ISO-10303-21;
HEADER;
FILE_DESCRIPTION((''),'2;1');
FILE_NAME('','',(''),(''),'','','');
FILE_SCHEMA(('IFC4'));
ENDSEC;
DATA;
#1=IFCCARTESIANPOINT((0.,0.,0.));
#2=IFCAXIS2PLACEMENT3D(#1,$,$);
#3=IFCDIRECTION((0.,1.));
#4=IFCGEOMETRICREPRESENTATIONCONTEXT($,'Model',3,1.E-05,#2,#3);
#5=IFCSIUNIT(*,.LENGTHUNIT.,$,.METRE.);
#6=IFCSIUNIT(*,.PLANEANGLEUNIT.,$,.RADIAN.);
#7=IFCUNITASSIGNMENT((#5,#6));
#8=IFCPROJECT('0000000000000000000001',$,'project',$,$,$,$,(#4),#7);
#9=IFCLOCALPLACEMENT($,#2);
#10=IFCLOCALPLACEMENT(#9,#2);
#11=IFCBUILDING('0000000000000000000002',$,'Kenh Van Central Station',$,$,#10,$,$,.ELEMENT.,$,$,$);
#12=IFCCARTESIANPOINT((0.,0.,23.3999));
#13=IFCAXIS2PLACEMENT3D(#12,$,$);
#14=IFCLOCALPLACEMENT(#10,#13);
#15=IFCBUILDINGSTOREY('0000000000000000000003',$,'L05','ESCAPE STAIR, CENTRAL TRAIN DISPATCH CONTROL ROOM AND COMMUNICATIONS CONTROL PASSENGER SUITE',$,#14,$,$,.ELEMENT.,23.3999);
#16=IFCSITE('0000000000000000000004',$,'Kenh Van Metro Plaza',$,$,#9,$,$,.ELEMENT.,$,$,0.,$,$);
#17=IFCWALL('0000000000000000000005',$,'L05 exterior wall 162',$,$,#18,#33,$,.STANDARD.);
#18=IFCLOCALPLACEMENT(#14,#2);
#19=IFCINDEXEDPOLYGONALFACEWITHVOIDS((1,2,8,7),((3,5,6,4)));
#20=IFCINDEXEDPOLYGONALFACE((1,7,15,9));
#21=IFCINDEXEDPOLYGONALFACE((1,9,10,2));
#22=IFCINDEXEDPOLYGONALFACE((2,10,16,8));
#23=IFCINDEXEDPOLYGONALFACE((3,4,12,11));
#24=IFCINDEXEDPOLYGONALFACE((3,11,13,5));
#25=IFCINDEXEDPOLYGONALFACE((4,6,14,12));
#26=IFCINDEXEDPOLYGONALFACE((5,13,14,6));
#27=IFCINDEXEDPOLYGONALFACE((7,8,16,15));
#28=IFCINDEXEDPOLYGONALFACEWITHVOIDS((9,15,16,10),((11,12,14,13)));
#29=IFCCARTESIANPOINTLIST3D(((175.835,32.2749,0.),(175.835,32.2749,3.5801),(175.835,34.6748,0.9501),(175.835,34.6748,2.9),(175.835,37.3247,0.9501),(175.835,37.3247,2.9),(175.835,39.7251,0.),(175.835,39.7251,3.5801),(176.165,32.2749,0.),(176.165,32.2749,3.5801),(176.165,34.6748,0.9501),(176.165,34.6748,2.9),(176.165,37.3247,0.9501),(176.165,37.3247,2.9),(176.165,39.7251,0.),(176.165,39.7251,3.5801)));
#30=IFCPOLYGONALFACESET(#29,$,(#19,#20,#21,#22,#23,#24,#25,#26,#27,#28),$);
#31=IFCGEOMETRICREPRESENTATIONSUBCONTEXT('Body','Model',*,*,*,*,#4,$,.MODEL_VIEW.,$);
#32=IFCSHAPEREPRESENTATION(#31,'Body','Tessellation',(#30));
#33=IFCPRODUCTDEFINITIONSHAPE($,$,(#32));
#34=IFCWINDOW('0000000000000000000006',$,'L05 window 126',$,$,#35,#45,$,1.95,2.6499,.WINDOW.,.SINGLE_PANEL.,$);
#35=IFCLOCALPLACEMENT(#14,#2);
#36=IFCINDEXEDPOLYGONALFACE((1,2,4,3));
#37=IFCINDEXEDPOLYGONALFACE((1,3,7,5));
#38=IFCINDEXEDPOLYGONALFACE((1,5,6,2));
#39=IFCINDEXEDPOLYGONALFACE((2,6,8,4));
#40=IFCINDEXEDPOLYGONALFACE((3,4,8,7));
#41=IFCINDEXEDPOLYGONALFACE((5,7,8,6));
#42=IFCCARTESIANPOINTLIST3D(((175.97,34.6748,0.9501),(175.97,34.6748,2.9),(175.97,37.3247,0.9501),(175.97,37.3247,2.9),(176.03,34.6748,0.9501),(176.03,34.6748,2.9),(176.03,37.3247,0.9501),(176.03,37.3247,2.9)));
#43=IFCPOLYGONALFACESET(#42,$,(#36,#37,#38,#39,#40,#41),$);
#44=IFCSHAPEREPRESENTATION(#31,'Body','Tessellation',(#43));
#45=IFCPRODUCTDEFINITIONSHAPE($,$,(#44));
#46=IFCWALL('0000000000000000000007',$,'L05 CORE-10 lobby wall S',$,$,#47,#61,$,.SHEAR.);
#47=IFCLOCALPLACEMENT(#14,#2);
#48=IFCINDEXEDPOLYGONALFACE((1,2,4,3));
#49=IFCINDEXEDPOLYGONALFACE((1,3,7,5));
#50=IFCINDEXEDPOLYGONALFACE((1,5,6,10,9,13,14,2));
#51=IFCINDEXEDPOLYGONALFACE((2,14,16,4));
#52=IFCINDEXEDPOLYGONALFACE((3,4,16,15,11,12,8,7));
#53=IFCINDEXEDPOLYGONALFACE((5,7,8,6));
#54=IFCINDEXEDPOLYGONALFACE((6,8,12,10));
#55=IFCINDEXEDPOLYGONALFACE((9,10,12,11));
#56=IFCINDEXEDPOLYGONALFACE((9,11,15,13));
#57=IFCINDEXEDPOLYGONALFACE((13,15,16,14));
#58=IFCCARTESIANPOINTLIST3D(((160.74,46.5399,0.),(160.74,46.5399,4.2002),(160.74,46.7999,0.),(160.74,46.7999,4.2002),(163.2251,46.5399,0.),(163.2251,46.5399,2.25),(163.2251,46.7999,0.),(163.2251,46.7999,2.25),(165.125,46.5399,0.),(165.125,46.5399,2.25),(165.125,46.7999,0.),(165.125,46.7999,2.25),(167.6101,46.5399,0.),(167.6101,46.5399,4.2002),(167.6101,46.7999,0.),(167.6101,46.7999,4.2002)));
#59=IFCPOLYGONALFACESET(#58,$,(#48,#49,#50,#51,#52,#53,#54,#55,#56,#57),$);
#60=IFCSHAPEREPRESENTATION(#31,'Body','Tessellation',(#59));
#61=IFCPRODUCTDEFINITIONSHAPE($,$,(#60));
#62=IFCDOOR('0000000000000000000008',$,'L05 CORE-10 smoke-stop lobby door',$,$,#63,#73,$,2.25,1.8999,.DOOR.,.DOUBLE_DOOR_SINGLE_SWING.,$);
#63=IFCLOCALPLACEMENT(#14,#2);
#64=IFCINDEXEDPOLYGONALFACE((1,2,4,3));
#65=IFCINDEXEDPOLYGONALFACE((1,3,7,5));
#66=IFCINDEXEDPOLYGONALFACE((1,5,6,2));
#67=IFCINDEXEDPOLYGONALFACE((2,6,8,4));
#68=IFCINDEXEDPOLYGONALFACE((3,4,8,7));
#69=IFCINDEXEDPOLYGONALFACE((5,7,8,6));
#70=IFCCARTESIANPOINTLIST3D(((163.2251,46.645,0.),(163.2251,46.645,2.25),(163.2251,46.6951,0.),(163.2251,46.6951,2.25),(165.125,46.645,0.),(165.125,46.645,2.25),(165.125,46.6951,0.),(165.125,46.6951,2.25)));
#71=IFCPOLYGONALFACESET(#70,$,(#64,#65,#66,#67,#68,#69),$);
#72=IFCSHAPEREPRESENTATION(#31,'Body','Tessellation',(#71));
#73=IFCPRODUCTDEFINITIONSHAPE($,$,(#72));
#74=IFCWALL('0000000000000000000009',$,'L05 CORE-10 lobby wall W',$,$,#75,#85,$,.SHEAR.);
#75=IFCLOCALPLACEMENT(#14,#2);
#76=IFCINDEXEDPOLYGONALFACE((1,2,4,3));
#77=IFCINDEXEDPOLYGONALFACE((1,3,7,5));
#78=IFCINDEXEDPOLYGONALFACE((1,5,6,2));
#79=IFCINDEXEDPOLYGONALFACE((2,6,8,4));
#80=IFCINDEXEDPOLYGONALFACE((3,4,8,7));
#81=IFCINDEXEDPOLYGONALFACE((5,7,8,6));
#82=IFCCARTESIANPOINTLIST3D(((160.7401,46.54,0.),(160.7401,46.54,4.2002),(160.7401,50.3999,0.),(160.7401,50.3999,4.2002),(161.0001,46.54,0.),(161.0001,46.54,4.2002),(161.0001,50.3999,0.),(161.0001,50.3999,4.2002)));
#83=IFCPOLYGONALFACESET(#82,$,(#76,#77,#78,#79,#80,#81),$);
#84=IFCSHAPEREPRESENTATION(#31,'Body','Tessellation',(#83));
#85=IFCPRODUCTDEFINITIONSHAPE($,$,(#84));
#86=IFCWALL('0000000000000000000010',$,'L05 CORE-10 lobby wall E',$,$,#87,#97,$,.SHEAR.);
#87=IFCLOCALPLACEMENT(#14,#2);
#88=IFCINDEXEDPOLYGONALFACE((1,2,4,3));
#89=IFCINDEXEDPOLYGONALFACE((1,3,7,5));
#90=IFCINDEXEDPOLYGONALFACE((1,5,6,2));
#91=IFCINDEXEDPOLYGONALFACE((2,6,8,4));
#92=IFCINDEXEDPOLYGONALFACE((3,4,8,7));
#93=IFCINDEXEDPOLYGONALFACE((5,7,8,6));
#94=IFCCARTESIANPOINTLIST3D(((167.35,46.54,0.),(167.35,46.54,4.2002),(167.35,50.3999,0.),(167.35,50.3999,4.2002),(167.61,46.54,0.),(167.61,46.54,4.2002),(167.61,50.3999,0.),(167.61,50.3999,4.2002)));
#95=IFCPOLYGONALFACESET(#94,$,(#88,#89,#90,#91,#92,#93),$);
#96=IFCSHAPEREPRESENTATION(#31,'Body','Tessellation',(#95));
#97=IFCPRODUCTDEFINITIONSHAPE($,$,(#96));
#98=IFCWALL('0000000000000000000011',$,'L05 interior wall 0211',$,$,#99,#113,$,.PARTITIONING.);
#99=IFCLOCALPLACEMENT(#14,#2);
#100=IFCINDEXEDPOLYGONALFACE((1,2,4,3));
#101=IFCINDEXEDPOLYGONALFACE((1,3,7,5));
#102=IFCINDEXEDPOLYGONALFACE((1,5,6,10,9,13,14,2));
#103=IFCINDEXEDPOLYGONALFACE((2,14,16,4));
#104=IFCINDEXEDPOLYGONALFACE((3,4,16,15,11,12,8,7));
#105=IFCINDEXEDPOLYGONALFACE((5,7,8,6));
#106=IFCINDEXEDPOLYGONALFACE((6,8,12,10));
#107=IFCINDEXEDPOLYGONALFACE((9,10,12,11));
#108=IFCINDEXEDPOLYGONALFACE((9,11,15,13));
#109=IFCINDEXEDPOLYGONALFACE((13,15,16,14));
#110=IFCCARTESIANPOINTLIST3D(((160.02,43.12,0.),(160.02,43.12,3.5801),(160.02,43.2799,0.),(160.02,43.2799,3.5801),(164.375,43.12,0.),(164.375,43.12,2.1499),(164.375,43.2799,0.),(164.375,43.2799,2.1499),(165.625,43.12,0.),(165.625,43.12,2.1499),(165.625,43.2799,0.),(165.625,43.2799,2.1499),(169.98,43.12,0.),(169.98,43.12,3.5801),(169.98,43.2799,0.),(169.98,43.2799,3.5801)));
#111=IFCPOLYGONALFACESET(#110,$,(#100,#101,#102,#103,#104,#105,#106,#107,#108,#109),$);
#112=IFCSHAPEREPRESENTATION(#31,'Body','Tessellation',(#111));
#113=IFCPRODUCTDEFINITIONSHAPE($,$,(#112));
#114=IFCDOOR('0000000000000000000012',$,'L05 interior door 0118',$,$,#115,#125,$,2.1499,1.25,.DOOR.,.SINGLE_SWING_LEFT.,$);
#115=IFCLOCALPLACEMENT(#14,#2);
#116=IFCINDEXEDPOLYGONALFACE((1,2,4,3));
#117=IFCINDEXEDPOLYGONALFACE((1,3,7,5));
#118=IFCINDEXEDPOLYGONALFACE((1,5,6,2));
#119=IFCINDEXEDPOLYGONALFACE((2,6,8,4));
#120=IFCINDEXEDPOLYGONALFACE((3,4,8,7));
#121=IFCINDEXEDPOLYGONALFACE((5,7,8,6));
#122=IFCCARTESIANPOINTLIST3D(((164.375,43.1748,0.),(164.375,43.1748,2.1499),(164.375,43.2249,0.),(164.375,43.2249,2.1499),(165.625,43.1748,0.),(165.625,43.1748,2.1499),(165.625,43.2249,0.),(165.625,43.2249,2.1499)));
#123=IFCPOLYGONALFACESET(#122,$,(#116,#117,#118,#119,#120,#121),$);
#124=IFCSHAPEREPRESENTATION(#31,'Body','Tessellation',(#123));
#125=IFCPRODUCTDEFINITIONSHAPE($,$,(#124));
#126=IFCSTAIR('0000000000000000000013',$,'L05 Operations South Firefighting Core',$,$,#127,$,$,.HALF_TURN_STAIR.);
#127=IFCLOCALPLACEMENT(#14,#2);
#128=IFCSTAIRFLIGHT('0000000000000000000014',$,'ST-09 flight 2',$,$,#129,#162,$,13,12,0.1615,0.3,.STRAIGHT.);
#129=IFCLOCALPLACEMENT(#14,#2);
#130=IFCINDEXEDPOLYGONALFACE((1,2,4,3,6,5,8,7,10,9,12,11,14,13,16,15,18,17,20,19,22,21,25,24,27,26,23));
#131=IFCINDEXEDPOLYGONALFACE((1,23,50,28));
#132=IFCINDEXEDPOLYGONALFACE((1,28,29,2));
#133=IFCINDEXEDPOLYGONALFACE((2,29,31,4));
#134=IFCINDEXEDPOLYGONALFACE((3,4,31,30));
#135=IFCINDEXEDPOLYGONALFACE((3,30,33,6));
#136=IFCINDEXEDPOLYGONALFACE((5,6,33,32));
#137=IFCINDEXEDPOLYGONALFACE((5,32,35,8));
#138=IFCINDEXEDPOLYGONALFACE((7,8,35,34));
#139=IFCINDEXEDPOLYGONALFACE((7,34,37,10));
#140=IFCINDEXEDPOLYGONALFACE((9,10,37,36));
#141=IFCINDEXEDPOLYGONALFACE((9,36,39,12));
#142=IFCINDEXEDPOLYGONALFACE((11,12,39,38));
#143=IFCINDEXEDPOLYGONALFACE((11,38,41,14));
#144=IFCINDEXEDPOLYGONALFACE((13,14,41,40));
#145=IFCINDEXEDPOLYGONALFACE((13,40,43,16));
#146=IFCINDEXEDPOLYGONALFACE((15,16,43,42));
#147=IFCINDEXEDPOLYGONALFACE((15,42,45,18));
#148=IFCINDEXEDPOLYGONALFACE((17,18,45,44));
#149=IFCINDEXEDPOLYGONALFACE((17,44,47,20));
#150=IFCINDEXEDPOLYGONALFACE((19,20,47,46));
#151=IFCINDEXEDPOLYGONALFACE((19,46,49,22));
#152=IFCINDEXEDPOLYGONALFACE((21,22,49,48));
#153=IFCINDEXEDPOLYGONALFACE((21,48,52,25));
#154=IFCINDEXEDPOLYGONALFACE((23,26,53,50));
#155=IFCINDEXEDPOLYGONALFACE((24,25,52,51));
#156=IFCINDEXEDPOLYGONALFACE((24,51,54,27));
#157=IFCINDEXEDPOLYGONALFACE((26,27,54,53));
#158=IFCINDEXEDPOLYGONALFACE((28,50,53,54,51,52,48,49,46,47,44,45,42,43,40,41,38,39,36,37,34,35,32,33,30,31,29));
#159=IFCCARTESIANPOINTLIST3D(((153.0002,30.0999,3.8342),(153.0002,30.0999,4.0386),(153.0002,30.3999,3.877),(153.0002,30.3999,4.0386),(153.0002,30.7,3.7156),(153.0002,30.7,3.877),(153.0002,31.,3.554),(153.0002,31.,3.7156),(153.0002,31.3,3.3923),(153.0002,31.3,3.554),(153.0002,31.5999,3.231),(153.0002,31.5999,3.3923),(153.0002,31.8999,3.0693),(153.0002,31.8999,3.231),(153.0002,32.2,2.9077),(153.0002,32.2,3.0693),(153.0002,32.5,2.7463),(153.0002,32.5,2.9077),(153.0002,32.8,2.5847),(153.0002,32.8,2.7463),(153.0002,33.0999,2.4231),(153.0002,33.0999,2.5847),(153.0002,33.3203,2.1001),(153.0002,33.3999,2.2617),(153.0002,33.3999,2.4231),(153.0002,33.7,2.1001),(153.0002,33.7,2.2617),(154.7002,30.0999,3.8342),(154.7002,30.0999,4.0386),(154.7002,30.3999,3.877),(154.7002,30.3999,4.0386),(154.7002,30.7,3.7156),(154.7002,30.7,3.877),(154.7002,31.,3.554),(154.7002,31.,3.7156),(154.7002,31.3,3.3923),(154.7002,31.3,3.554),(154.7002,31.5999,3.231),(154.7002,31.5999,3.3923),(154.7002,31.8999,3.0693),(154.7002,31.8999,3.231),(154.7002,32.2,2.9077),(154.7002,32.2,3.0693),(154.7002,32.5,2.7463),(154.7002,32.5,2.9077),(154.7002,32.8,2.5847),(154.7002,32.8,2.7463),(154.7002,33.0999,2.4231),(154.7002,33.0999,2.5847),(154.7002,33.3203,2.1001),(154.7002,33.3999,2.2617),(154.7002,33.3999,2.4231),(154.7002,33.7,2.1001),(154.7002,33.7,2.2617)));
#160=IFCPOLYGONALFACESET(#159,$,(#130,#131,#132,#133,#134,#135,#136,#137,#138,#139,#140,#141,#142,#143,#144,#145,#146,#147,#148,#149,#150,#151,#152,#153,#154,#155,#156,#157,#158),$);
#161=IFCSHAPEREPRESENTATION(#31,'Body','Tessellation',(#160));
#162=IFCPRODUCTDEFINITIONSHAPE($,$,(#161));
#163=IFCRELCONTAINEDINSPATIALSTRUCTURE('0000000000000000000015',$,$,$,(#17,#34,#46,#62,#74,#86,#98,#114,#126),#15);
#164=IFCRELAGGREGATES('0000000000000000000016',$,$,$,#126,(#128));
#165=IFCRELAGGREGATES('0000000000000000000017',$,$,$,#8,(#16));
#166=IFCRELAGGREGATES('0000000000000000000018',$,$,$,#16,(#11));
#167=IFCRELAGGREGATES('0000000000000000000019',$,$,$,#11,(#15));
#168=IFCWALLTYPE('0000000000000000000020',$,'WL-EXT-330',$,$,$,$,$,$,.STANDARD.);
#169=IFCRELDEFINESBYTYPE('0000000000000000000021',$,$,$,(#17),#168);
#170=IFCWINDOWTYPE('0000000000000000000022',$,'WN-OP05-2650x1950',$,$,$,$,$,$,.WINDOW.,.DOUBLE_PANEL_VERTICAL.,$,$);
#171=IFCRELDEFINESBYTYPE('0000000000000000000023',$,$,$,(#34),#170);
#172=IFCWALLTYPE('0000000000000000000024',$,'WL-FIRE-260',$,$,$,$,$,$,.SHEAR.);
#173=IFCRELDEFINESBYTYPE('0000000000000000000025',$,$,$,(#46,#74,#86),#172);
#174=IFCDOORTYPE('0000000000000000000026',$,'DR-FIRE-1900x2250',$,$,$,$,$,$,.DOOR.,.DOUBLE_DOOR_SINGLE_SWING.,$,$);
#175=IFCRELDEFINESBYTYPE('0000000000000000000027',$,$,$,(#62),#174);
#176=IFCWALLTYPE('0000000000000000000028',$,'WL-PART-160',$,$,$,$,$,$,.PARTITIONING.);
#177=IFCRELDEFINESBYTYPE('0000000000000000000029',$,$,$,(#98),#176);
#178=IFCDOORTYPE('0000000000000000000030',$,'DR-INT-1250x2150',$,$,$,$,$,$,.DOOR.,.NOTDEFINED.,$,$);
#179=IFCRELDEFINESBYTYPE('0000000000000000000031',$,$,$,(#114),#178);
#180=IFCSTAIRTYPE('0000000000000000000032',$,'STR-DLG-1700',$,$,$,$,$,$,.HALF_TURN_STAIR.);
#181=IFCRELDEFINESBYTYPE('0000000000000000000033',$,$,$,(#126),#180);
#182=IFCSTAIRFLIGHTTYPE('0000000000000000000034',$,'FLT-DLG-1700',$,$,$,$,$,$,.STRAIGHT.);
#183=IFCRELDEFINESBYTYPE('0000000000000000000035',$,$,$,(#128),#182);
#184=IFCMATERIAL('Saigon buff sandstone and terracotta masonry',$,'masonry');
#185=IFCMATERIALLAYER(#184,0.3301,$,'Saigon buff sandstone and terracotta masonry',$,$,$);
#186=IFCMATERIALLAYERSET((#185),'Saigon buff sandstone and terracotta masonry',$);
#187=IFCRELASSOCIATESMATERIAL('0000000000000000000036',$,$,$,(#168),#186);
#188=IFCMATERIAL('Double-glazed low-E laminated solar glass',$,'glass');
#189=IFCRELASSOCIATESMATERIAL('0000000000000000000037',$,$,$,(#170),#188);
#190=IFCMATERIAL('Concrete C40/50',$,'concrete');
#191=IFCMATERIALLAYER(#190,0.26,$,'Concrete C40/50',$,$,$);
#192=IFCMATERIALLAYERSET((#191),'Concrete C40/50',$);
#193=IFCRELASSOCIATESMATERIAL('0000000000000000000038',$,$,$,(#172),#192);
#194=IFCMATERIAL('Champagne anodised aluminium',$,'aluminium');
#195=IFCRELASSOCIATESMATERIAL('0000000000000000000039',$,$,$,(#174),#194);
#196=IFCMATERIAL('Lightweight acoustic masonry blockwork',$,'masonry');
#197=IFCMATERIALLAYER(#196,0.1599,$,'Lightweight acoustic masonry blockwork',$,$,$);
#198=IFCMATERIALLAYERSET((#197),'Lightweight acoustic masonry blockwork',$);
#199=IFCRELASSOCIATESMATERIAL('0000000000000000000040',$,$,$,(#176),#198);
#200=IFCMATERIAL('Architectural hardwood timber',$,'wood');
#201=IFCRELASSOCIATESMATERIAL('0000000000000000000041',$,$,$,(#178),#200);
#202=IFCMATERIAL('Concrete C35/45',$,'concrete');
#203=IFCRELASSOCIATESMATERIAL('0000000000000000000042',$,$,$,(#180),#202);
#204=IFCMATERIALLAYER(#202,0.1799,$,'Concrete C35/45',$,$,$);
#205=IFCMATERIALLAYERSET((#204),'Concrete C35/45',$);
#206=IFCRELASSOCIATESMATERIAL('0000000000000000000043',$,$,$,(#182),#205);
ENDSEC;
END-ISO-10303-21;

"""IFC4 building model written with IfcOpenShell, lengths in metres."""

from ifc_helpers import new_model, si_unit, direction, frame, frame_2d, origin, place, context, subcontext, project, spatial, polyline, rectangle, outline, extrude, material, layer, layer_set, type_object, element, fill, aggregate, save


model = new_model("IFC4")

# Units and contexts
model_context = context("Model", 3, precision=1e-05, world=origin(), true_north=direction((0.0, 1.0)))
body_context = subcontext(model_context, "Body", "Model", "MODEL_VIEW")
ifc_project = project(units=[si_unit("LENGTHUNIT", "METRE"), si_unit("PLANEANGLEUNIT", "RADIAN")], contexts=[model_context])

# Site, building, storey
site_placement = place(None, origin())
site = spatial("IfcSite", under=ifc_project, at=site_placement, Name="Kenh Van Metro Plaza", CompositionType="ELEMENT", RefElevation=0.0)
building_placement = place(site_placement, origin())
building = spatial("IfcBuilding", under=site, at=building_placement, Name="Kenh Van Central Station", CompositionType="ELEMENT")
storey_placement = place(building_placement, frame((0.0, 0.0, 23.3999)))
storey = spatial("IfcBuildingStorey", under=building, at=storey_placement, Name="L05", Description="ESCAPE STAIR, CENTRAL TRAIN DISPATCH CONTROL ROOM AND COMMUNICATIONS CONTROL PASSENGER SUITE", CompositionType="ELEMENT", Elevation=23.3999)

# Shared definitions
ifc_material_1 = material(Name="Concrete C35/45", Category="concrete")

# Shared definitions
ifc_material_2 = material(Name="Concrete C40/50", Category="concrete")

# Shared definitions
ifc_material_3 = material(Name="Champagne anodised aluminium", Category="aluminium")

# Wall, opening, window
ifc_material_4 = material(Name="Saigon buff sandstone and terracotta masonry", Category="masonry")
ifc_material_5 = material(Name="Double-glazed low-E laminated solar glass", Category="glass")
ifc_layer_1 = layer(ifc_material_4, 0.3301, Name="Saigon buff sandstone and terracotta masonry")
ifc_layer_set_1 = layer_set([ifc_layer_1], Name="Saigon buff sandstone and terracotta masonry")
wall_type_1 = type_object("IfcWallType", Name="WL-EXT-330", PredefinedType="STANDARD", material=ifc_layer_set_1)
wall_1_placement = place(storey_placement, frame((176.0, 32.2749, 0.0), z_axis=(0.0, 0.0, 1.0), x_axis=(0.0, 1.0, 0.0)))
wall_1 = element("IfcWall", 1, at=wall_1_placement, inside=storey, type_object=wall_type_1, Name="L05 exterior wall 162", PredefinedType="STANDARD", context=body_context, shape_type="SweptSolid", body=[
    extrude(rectangle(XDim=7.4502, YDim=0.3301, at=frame_2d((3.7251, 0.0))), origin(), (0.0, 0.0, 1.0), 3.5801),
])
opening_1_placement = place(wall_1_placement, frame((2.3999, 0.0, 0.95)))
opening_1 = element("IfcOpeningElement", 2, at=opening_1_placement, cuts=wall_1, PredefinedType="OPENING", context=body_context, shape_type="SweptSolid", body=[
    extrude(rectangle(XDim=2.6499, YDim=1.95, at=frame_2d((1.325, 0.9751))), frame((0.0, 0.175, 0.0), z_axis=(0.0, -1.0, 0.0), x_axis=(1.0, 0.0, 0.0)), (0.0, 0.0, 1.0), 0.3501),
])
window_type_1 = type_object("IfcWindowType", Name="WN-OP05-2650x1950", PartitioningType="DOUBLE_PANEL_VERTICAL", PredefinedType="WINDOW", material=ifc_material_5)
window_1_placement = place(opening_1_placement, origin())
window_1 = element("IfcWindow", 3, at=window_1_placement, inside=storey, type_object=window_type_1, Name="L05 window 126", OverallHeight=1.95, OverallWidth=2.6499, PartitioningType="SINGLE_PANEL", PredefinedType="WINDOW", context=body_context, shape_type="SweptSolid", body=[
    extrude(rectangle(XDim=2.6499, YDim=1.95, at=frame_2d((1.325, 0.9751))), frame((0.0, 0.03, 0.0), z_axis=(0.0, -1.0, 0.0), x_axis=(1.0, 0.0, 0.0)), (0.0, 0.0, 1.0), 0.0601),
])
fill(opening_1, window_1)

# Wall, opening, door
ifc_layer_2 = layer(ifc_material_2, 0.26, Name="Concrete C40/50")
ifc_layer_set_2 = layer_set([ifc_layer_2], Name="Concrete C40/50")
wall_type_2 = type_object("IfcWallType", Name="WL-FIRE-260", PredefinedType="SHEAR", material=ifc_layer_set_2)
wall_2_placement = place(storey_placement, frame((167.6101, 46.6699, 0.0), z_axis=(0.0, 0.0, 1.0), x_axis=(-1.0, 0.0, 0.0)))
wall_2 = element("IfcWall", 4, at=wall_2_placement, inside=storey, type_object=wall_type_2, Name="L05 CORE-10 lobby wall S", PredefinedType="SHEAR", context=body_context, shape_type="SweptSolid", body=[
    extrude(rectangle(XDim=6.8701, YDim=0.26, at=frame_2d((3.4351, 0.0))), origin(), (0.0, 0.0, 1.0), 4.2002),
])
opening_2_placement = place(wall_2_placement, frame((2.4851, 0.0, 0.0)))
opening_2 = element("IfcOpeningElement", 5, at=opening_2_placement, cuts=wall_2, PredefinedType="OPENING", context=body_context, shape_type="SweptSolid", body=[
    extrude(rectangle(XDim=1.8999, YDim=2.25, at=frame_2d((0.95, 1.125))), frame((0.0, 0.1399, 0.0), z_axis=(0.0, -1.0, 0.0), x_axis=(1.0, 0.0, 0.0)), (0.0, 0.0, 1.0), 0.28),
])
door_type_1 = type_object("IfcDoorType", Name="DR-FIRE-1900x2250", OperationType="DOUBLE_DOOR_SINGLE_SWING", PredefinedType="DOOR", material=ifc_material_3)
door_1_placement = place(opening_2_placement, origin())
door_1 = element("IfcDoor", 6, at=door_1_placement, inside=storey, type_object=door_type_1, Name="L05 CORE-10 smoke-stop lobby door", OperationType="DOUBLE_DOOR_SINGLE_SWING", OverallHeight=2.25, OverallWidth=1.8999, PredefinedType="DOOR", context=body_context, shape_type="SweptSolid", body=[
    extrude(rectangle(XDim=1.8999, YDim=2.25, at=frame_2d((0.95, 1.125))), frame((0.0, 0.0249, 0.0), z_axis=(0.0, -1.0, 0.0), x_axis=(1.0, 0.0, 0.0)), (0.0, 0.0, 1.0), 0.05),
])
fill(opening_2, door_1)

# Walls
for number, where, z_axis, x_axis, name in (
    (7, (160.8701, 46.54, 0.0), (0.0, 0.0, 1.0), (0.0, 1.0, 0.0), "L05 CORE-10 lobby wall W"),
    (8, (167.48, 46.54, 0.0), (0.0, 0.0, 1.0), (0.0, 1.0, 0.0), "L05 CORE-10 lobby wall E"),
):
    element("IfcWall", number, at=place(storey_placement, frame(where, z_axis=z_axis, x_axis=x_axis)), inside=storey, type_object=wall_type_2, Name=name, PredefinedType="SHEAR", context=body_context, shape_type="SweptSolid", body=[
        extrude(rectangle(XDim=3.8599, YDim=0.26, at=frame_2d((1.9299, 0.0))), origin(), (0.0, 0.0, 1.0), 4.2002),
    ])

# Wall, opening, door
ifc_material_6 = material(Name="Lightweight acoustic masonry blockwork", Category="masonry")
ifc_layer_3 = layer(ifc_material_6, 0.1599, Name="Lightweight acoustic masonry blockwork")
ifc_layer_set_3 = layer_set([ifc_layer_3], Name="Lightweight acoustic masonry blockwork")
wall_type_3 = type_object("IfcWallType", Name="WL-PART-160", PredefinedType="PARTITIONING", material=ifc_layer_set_3)
wall_3_placement = place(storey_placement, frame((160.02, 43.2, 0.0), z_axis=(0.0, 0.0, 1.0), x_axis=(1.0, 0.0, 0.0)))
wall_3 = element("IfcWall", 9, at=wall_3_placement, inside=storey, type_object=wall_type_3, Name="L05 interior wall 0211", PredefinedType="PARTITIONING", context=body_context, shape_type="SweptSolid", body=[
    extrude(rectangle(XDim=9.96, YDim=0.1599, at=frame_2d((4.98, 0.0))), origin(), (0.0, 0.0, 1.0), 3.5801),
])
opening_3_placement = place(wall_3_placement, frame((4.355, 0.0, 0.0)))
opening_3 = element("IfcOpeningElement", 10, at=opening_3_placement, cuts=wall_3, PredefinedType="OPENING", context=body_context, shape_type="SweptSolid", body=[
    extrude(rectangle(XDim=1.25, YDim=2.1499, at=frame_2d((0.625, 1.075))), frame((0.0, 0.0898, 0.0), z_axis=(0.0, -1.0, 0.0), x_axis=(1.0, 0.0, 0.0)), (0.0, 0.0, 1.0), 0.1799),
])
ifc_material_7 = material(Name="Architectural hardwood timber", Category="wood")
door_type_2 = type_object("IfcDoorType", Name="DR-INT-1250x2150", OperationType="NOTDEFINED", PredefinedType="DOOR", material=ifc_material_7)
door_2_placement = place(opening_3_placement, origin())
door_2 = element("IfcDoor", 11, at=door_2_placement, inside=storey, type_object=door_type_2, Name="L05 interior door 0118", OperationType="SINGLE_SWING_LEFT", OverallHeight=2.1499, OverallWidth=1.25, PredefinedType="DOOR", context=body_context, shape_type="SweptSolid", body=[
    extrude(rectangle(XDim=1.25, YDim=2.1499, at=frame_2d((0.625, 1.075))), frame((0.0, 0.0249, 0.0), z_axis=(0.0, -1.0, 0.0), x_axis=(1.0, 0.0, 0.0)), (0.0, 0.0, 1.0), 0.05),
])
fill(opening_3, door_2)

# Stair, stair flight
stair_type = type_object("IfcStairType", Name="STR-DLG-1700", PredefinedType="HALF_TURN_STAIR", material=ifc_material_1)
stair_placement = place(storey_placement, origin())
stair = element("IfcStair", 12, at=stair_placement, inside=storey, type_object=stair_type, Name="L05 Operations South Firefighting Core", PredefinedType="HALF_TURN_STAIR")
ifc_layer_4 = layer(ifc_material_1, 0.1799, Name="Concrete C35/45")
ifc_layer_set_4 = layer_set([ifc_layer_4], Name="Concrete C35/45")
stair_flight_type = type_object("IfcStairFlightType", Name="FLT-DLG-1700", PredefinedType="STRAIGHT", material=ifc_layer_set_4)
stair_flight_placement = place(storey_placement, frame((153.8501, 33.7, 2.1001), z_axis=(0.0, 0.0, 1.0), x_axis=(0.0, -1.0, 0.0)))
stair_flight = element("IfcStairFlight", 13, at=stair_flight_placement, type_object=stair_flight_type, Name="ST-09 flight 2", NumberOfRisers=13, NumberOfTreads=12, PredefinedType="STRAIGHT", RiserHeight=0.1615, TreadLength=0.3, context=body_context, shape_type="SweptSolid", body=[
    extrude(outline(polyline([(0.0, 0.0), (0.0, 0.1616), (0.3, 0.1616), (0.3, 0.323), (0.6001, 0.323), (0.6001, 0.4846), (0.8999, 0.4846), (0.8999, 0.6462), (1.2, 0.6462), (1.2, 0.8076), (1.5, 0.8076), (1.5, 0.9692), (1.8, 0.9692), (1.8, 1.1309), (2.1001, 1.1309), (2.1001, 1.2922), (2.3999, 1.2922), (2.3999, 1.4539), (2.7, 1.4539), (2.7, 1.6155), (3.0, 1.6155), (3.0, 1.7769), (3.3, 1.7769), (3.3, 1.9385), (3.6001, 1.9385), (3.6001, 2.1001), (3.6001, 1.7341), (0.3796, 0.0), (0.0, 0.0)])), frame((0.0, 0.8501, 0.0), z_axis=(0.0, -1.0, 0.0), x_axis=(1.0, 0.0, 0.0)), (0.0, 0.0, 1.0), 1.7),
])
aggregate(stair, [stair_flight])

save(model, "model.ifc")
